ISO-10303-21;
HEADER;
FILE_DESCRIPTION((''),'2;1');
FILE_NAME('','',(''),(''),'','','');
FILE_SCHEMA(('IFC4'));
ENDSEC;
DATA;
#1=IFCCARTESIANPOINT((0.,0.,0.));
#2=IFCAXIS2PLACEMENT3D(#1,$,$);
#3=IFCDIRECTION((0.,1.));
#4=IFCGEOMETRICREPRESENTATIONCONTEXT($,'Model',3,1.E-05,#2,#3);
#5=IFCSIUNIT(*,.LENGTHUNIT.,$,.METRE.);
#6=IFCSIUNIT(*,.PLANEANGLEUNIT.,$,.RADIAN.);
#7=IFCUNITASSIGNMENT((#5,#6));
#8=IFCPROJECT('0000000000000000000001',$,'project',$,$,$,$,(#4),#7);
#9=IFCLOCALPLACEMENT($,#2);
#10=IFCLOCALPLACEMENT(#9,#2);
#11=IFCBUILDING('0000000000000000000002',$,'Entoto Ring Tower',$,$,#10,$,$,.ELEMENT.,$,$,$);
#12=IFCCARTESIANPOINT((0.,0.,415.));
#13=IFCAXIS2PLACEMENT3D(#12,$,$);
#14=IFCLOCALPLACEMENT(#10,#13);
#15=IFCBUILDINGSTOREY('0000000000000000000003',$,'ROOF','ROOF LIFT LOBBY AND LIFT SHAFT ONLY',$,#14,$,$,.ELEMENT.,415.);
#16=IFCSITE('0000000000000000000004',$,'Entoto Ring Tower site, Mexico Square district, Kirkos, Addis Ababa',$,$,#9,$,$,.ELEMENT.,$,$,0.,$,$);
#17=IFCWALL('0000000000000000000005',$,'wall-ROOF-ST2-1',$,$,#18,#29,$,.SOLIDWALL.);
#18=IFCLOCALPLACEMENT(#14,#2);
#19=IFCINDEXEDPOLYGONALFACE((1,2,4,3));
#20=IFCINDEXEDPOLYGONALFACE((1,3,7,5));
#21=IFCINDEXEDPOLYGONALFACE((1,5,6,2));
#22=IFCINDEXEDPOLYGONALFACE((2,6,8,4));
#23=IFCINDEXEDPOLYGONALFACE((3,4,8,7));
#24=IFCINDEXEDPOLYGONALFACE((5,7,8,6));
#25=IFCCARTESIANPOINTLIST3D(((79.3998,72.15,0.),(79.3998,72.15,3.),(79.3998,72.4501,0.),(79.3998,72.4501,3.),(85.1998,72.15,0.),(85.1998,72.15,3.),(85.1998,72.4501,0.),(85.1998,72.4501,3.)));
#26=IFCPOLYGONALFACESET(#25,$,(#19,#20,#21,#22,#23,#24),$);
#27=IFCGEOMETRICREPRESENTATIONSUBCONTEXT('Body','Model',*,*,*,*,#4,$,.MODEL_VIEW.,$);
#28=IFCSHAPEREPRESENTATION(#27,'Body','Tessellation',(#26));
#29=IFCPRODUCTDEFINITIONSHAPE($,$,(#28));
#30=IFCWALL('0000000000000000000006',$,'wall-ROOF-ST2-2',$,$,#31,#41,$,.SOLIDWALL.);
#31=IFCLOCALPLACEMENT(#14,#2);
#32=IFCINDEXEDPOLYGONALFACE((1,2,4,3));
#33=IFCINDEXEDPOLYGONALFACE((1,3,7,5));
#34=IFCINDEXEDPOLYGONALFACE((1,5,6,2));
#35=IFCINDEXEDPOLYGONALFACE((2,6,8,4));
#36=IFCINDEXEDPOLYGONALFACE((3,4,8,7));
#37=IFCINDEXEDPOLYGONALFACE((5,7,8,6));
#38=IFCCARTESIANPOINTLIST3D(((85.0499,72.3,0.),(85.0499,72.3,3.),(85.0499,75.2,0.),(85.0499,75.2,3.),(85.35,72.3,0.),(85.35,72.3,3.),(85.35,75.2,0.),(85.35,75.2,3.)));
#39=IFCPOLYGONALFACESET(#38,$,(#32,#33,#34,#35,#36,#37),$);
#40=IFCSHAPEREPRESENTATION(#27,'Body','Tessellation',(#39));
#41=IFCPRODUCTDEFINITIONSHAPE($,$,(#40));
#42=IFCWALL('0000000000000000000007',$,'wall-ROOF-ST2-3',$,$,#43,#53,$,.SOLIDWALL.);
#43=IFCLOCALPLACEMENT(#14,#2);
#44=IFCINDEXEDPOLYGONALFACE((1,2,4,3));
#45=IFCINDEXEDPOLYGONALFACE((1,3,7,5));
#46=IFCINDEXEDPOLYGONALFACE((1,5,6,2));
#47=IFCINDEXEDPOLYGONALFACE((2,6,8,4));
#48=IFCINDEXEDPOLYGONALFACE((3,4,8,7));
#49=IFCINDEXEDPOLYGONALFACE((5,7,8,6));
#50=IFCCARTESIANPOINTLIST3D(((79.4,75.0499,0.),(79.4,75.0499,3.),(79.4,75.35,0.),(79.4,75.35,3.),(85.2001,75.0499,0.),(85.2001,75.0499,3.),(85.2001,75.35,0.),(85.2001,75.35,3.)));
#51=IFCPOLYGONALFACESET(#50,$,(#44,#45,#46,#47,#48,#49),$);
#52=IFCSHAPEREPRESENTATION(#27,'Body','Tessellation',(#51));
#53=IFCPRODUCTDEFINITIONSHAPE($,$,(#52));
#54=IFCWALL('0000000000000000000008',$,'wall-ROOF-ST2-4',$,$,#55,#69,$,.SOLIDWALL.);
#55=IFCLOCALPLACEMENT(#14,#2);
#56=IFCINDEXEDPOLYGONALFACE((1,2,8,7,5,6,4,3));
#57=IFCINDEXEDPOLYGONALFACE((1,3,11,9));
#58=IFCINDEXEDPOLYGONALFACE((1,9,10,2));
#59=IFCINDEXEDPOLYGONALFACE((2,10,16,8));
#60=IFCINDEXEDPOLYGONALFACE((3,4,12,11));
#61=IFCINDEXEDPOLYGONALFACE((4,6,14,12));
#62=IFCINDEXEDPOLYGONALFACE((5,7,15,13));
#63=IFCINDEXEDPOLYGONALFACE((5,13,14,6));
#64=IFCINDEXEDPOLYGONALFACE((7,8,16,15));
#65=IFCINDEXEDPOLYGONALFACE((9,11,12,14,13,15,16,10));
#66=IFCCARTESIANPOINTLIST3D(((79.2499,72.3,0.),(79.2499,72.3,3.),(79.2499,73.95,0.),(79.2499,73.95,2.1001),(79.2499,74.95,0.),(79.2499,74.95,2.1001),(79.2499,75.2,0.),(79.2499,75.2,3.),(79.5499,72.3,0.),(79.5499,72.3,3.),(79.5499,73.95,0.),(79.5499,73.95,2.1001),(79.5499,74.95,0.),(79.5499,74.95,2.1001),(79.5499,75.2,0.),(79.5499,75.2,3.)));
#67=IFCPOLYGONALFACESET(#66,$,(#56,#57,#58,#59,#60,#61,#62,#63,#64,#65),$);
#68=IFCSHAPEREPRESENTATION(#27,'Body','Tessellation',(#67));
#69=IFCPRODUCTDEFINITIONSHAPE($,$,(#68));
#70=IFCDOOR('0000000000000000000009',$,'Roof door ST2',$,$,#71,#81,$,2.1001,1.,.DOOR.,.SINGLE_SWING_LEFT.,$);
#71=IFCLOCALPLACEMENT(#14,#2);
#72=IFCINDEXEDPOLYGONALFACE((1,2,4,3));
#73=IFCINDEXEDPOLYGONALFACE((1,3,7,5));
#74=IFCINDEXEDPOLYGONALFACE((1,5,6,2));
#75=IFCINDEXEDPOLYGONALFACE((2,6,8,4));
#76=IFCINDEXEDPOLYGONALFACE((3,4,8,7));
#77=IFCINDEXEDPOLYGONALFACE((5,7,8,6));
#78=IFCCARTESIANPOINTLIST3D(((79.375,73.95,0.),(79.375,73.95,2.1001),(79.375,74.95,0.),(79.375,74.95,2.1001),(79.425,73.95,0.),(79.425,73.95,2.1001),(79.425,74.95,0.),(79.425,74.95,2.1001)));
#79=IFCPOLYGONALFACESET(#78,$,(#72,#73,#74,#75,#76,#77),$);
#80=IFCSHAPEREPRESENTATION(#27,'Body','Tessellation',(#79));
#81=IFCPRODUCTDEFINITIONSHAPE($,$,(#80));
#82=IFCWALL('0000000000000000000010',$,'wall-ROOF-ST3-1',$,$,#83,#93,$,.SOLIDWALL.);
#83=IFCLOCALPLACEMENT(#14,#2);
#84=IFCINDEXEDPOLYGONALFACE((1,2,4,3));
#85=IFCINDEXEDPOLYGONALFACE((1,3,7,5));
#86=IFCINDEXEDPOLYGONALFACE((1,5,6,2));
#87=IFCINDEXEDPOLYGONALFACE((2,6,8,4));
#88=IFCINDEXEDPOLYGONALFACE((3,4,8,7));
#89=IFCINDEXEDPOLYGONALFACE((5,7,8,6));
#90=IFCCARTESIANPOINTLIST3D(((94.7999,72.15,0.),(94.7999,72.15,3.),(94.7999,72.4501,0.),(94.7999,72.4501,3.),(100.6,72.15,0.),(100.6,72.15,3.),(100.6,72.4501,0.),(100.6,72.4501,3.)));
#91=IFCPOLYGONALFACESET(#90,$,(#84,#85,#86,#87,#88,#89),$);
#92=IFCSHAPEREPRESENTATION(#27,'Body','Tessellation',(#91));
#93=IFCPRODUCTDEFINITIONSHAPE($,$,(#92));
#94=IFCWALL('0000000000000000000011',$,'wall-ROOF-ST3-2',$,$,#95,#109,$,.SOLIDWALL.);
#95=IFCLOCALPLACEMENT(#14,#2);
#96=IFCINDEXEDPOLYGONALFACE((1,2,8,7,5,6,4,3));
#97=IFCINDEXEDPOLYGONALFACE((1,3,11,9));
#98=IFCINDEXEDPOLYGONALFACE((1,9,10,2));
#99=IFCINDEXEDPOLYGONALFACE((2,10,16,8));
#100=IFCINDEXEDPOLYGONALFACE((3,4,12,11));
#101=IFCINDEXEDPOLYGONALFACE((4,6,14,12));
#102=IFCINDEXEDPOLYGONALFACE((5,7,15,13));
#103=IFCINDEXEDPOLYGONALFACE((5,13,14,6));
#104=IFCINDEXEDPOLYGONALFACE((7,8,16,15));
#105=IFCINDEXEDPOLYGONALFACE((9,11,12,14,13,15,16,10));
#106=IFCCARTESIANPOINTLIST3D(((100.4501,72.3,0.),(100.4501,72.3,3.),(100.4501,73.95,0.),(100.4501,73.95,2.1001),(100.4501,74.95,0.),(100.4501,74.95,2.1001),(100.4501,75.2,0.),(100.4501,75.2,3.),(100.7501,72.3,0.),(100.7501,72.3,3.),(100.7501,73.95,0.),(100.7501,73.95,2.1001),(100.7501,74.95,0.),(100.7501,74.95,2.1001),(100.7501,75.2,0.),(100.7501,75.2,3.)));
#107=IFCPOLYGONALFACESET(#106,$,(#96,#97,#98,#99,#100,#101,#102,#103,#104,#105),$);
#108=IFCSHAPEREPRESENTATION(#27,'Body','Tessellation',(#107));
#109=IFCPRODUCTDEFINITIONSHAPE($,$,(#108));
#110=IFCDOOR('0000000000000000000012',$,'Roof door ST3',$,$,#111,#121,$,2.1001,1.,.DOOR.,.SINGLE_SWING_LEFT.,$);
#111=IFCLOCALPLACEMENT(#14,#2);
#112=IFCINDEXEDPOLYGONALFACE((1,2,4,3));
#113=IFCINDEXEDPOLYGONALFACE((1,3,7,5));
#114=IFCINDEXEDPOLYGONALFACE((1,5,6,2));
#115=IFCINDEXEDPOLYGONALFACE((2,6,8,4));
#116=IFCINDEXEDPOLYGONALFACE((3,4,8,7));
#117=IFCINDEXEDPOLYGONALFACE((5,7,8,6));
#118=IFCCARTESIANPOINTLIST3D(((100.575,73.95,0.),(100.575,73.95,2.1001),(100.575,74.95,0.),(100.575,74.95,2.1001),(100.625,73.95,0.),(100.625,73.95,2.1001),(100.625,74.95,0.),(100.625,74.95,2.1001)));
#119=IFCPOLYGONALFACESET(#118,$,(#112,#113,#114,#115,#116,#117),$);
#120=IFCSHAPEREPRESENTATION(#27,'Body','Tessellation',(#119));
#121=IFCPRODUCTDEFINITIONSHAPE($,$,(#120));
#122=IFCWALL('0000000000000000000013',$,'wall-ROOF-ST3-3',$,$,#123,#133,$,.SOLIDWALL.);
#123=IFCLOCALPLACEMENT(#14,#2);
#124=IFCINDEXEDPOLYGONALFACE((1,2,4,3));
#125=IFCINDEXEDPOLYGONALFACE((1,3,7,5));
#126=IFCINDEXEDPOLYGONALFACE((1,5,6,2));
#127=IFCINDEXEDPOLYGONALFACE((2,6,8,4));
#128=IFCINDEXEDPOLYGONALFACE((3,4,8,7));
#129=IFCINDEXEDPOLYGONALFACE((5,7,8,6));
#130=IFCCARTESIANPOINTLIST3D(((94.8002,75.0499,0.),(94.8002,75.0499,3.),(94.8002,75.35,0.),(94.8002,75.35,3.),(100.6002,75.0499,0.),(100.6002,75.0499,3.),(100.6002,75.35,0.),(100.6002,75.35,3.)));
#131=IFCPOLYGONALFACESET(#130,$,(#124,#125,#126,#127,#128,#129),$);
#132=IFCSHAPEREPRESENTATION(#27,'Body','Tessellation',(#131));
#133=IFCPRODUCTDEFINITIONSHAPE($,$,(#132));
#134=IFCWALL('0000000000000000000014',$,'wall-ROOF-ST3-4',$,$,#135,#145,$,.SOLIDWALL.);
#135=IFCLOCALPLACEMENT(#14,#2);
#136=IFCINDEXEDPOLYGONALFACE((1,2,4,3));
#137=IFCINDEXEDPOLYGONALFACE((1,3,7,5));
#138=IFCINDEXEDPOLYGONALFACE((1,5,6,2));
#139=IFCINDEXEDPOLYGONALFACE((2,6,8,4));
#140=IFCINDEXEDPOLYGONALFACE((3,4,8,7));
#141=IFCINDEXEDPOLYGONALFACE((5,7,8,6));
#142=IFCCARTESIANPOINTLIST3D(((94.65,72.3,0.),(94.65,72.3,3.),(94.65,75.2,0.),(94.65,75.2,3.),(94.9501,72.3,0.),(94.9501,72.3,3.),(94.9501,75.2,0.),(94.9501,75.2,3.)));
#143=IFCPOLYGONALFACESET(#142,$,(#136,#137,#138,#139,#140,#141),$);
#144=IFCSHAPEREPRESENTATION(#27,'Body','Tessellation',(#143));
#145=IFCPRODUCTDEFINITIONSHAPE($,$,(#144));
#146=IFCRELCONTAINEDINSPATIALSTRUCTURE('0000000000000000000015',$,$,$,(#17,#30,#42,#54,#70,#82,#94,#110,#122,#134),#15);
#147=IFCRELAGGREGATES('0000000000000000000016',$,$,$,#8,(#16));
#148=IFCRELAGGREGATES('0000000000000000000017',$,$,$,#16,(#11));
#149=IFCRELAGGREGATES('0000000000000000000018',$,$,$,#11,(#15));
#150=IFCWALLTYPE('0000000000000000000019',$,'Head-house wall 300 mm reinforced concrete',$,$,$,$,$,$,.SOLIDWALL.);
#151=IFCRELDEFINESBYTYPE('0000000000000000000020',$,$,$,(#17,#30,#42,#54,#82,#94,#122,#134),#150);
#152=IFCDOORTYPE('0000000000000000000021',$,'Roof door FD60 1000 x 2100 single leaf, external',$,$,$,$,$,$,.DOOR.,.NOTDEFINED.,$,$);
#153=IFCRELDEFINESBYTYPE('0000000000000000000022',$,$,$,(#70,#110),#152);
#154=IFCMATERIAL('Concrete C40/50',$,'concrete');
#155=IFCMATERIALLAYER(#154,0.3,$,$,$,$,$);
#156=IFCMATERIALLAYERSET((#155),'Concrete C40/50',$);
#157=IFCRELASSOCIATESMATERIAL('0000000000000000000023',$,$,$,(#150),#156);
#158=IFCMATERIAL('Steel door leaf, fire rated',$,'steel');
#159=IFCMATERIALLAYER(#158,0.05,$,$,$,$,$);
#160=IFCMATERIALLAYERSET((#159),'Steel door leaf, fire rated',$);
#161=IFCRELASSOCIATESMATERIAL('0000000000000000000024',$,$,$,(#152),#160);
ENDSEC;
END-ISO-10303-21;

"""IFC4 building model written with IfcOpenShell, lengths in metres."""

from ifc_helpers import new_model, si_unit, direction, frame, frame_2d, origin, place, context, subcontext, project, spatial, rectangle, extrude, material, layer, layer_set, type_object, element, fill, save


model = new_model("IFC4")

# Units and contexts
model_context = context("Model", 3, precision=1e-05, world=origin(), true_north=direction((0.0, 1.0)))
body_context = subcontext(model_context, "Body", "Model", "MODEL_VIEW")
ifc_project = project(units=[si_unit("LENGTHUNIT", "METRE"), si_unit("PLANEANGLEUNIT", "RADIAN")], contexts=[model_context])

# Site, building, storey
site_placement = place(None, origin())
site = spatial("IfcSite", under=ifc_project, at=site_placement, Name="Entoto Ring Tower site, Mexico Square district, Kirkos, Addis Ababa", CompositionType="ELEMENT", RefElevation=0.0)
building_placement = place(site_placement, origin())
building = spatial("IfcBuilding", under=site, at=building_placement, Name="Entoto Ring Tower", CompositionType="ELEMENT")
storey_placement = place(building_placement, frame((0.0, 0.0, 415.0)))
storey = spatial("IfcBuildingStorey", under=building, at=storey_placement, Name="ROOF", Description="ROOF LIFT LOBBY AND LIFT SHAFT ONLY", CompositionType="ELEMENT", Elevation=415.0)

# Walls
ifc_material_1 = material(Name="Concrete C40/50", Category="concrete")
ifc_layer_1 = layer(ifc_material_1, 0.3)
ifc_layer_set_1 = layer_set([ifc_layer_1], Name="Concrete C40/50")
wall_type = type_object("IfcWallType", Name="Head-house wall 300 mm reinforced concrete", PredefinedType="SOLIDWALL", material=ifc_layer_set_1)
wall_1_placement = place(storey_placement, frame((79.3999, 72.3, 0.0), z_axis=(0.0, 0.0, 1.0), x_axis=(1.0, 0.0, 0.0)))
element("IfcWall", 1, at=wall_1_placement, inside=storey, type_object=wall_type, Name="wall-ROOF-ST2-1", PredefinedType="SOLIDWALL", context=body_context, shape_type="SweptSolid", body=[
    extrude(rectangle(XDim=5.8, YDim=0.3, at=frame_2d((2.8999, 0.0))), origin(), (0.0, 0.0, 1.0), 3.0),
])
wall_2_placement = place(storey_placement, frame((85.2, 72.3, 0.0), z_axis=(0.0, 0.0, 1.0), x_axis=(0.0, 1.0, 0.0)))
element("IfcWall", 2, at=wall_2_placement, inside=storey, type_object=wall_type, Name="wall-ROOF-ST2-2", PredefinedType="SOLIDWALL", context=body_context, shape_type="SweptSolid", body=[
    extrude(rectangle(XDim=2.8999, YDim=0.3, at=frame_2d((1.45, 0.0))), origin(), (0.0, 0.0, 1.0), 3.0),
])
wall_3_placement = place(storey_placement, frame((85.2, 75.2, 0.0), z_axis=(0.0, 0.0, 1.0), x_axis=(-1.0, 0.0, 0.0)))
element("IfcWall", 3, at=wall_3_placement, inside=storey, type_object=wall_type, Name="wall-ROOF-ST2-3", PredefinedType="SOLIDWALL", context=body_context, shape_type="SweptSolid", body=[
    extrude(rectangle(XDim=5.8, YDim=0.3, at=frame_2d((2.8999, 0.0))), origin(), (0.0, 0.0, 1.0), 3.0),
])

# Wall, opening, door
wall_4_placement = place(storey_placement, frame((79.3999, 75.2, 0.0), z_axis=(0.0, 0.0, 1.0), x_axis=(0.0, -1.0, 0.0)))
wall_4 = element("IfcWall", 4, at=wall_4_placement, inside=storey, type_object=wall_type, Name="wall-ROOF-ST2-4", PredefinedType="SOLIDWALL", context=body_context, shape_type="SweptSolid", body=[
    extrude(rectangle(XDim=2.8999, YDim=0.3, at=frame_2d((1.45, 0.0))), origin(), (0.0, 0.0, 1.0), 3.0),
])
opening_1_placement = place(wall_4_placement, frame((0.25, 0.0, 0.0)))
opening_1 = element("IfcOpeningElement", 5, at=opening_1_placement, cuts=wall_4, PredefinedType="OPENING", context=body_context, shape_type="SweptSolid", body=[
    extrude(rectangle(XDim=1.0, YDim=2.1001, at=frame_2d((0.5, 1.05))), frame((0.0, 0.1602, 0.0), z_axis=(0.0, -1.0, 0.0), x_axis=(1.0, 0.0, 0.0)), (0.0, 0.0, 1.0), 0.3201),
])
ifc_material_2 = material(Name="Steel door leaf, fire rated", Category="steel")
ifc_layer_2 = layer(ifc_material_2, 0.05)
ifc_layer_set_2 = layer_set([ifc_layer_2], Name="Steel door leaf, fire rated")
door_type = type_object("IfcDoorType", Name="Roof door FD60 1000 x 2100 single leaf, external", OperationType="NOTDEFINED", PredefinedType="DOOR", material=ifc_layer_set_2)
door_1_placement = place(opening_1_placement, frame((1.0, 0.0, 0.0), z_axis=(0.0, 0.0, 1.0), x_axis=(-1.0, 0.0, 0.0)))
door_1 = element("IfcDoor", 6, at=door_1_placement, inside=storey, type_object=door_type, Name="Roof door ST2", OperationType="SINGLE_SWING_LEFT", OverallHeight=2.1001, OverallWidth=1.0, PredefinedType="DOOR", context=body_context, shape_type="SweptSolid", body=[
    extrude(rectangle(XDim=1.0, YDim=2.1001, at=frame_2d((0.5, 1.05))), frame((0.0, 0.0249, 0.0), z_axis=(0.0, -1.0, 0.0), x_axis=(1.0, 0.0, 0.0)), (0.0, 0.0, 1.0), 0.05),
])
fill(opening_1, door_1)

# Wall
wall_5_placement = place(storey_placement, frame((94.8, 72.3, 0.0), z_axis=(0.0, 0.0, 1.0), x_axis=(1.0, 0.0, 0.0)))
element("IfcWall", 7, at=wall_5_placement, inside=storey, type_object=wall_type, Name="wall-ROOF-ST3-1", PredefinedType="SOLIDWALL", context=body_context, shape_type="SweptSolid", body=[
    extrude(rectangle(XDim=5.8, YDim=0.3, at=frame_2d((2.8999, 0.0))), origin(), (0.0, 0.0, 1.0), 3.0),
])

# Wall, opening, door
wall_6_placement = place(storey_placement, frame((100.6001, 72.3, 0.0), z_axis=(0.0, 0.0, 1.0), x_axis=(0.0, 1.0, 0.0)))
wall_6 = element("IfcWall", 8, at=wall_6_placement, inside=storey, type_object=wall_type, Name="wall-ROOF-ST3-2", PredefinedType="SOLIDWALL", context=body_context, shape_type="SweptSolid", body=[
    extrude(rectangle(XDim=2.8999, YDim=0.3, at=frame_2d((1.45, 0.0))), origin(), (0.0, 0.0, 1.0), 3.0),
])
opening_2_placement = place(wall_6_placement, frame((1.6499, 0.0, 0.0)))
opening_2 = element("IfcOpeningElement", 9, at=opening_2_placement, cuts=wall_6, PredefinedType="OPENING", context=body_context, shape_type="SweptSolid", body=[
    extrude(rectangle(XDim=1.0, YDim=2.1001, at=frame_2d((0.5, 1.05))), frame((0.0, 0.1602, 0.0), z_axis=(0.0, -1.0, 0.0), x_axis=(1.0, 0.0, 0.0)), (0.0, 0.0, 1.0), 0.3201),
])
door_2_placement = place(opening_2_placement, frame((1.0, 0.0, 0.0), z_axis=(0.0, 0.0, 1.0), x_axis=(-1.0, 0.0, 0.0)))
door_2 = element("IfcDoor", 10, at=door_2_placement, inside=storey, type_object=door_type, Name="Roof door ST3", OperationType="SINGLE_SWING_LEFT", OverallHeight=2.1001, OverallWidth=1.0, PredefinedType="DOOR", context=body_context, shape_type="SweptSolid", body=[
    extrude(rectangle(XDim=1.0, YDim=2.1001, at=frame_2d((0.5, 1.05))), frame((0.0, 0.0249, 0.0), z_axis=(0.0, -1.0, 0.0), x_axis=(1.0, 0.0, 0.0)), (0.0, 0.0, 1.0), 0.05),
])
fill(opening_2, door_2)

# Walls
wall_7_placement = place(storey_placement, frame((100.6001, 75.2, 0.0), z_axis=(0.0, 0.0, 1.0), x_axis=(-1.0, 0.0, 0.0)))
element("IfcWall", 11, at=wall_7_placement, inside=storey, type_object=wall_type, Name="wall-ROOF-ST3-3", PredefinedType="SOLIDWALL", context=body_context, shape_type="SweptSolid", body=[
    extrude(rectangle(XDim=5.8, YDim=0.3, at=frame_2d((2.8999, 0.0))), origin(), (0.0, 0.0, 1.0), 3.0),
])
wall_8_placement = place(storey_placement, frame((94.8, 75.2, 0.0), z_axis=(0.0, 0.0, 1.0), x_axis=(0.0, -1.0, 0.0)))
element("IfcWall", 12, at=wall_8_placement, inside=storey, type_object=wall_type, Name="wall-ROOF-ST3-4", PredefinedType="SOLIDWALL", context=body_context, shape_type="SweptSolid", body=[
    extrude(rectangle(XDim=2.8999, YDim=0.3, at=frame_2d((1.45, 0.0))), origin(), (0.0, 0.0, 1.0), 3.0),
])

save(model, "model.ifc")
